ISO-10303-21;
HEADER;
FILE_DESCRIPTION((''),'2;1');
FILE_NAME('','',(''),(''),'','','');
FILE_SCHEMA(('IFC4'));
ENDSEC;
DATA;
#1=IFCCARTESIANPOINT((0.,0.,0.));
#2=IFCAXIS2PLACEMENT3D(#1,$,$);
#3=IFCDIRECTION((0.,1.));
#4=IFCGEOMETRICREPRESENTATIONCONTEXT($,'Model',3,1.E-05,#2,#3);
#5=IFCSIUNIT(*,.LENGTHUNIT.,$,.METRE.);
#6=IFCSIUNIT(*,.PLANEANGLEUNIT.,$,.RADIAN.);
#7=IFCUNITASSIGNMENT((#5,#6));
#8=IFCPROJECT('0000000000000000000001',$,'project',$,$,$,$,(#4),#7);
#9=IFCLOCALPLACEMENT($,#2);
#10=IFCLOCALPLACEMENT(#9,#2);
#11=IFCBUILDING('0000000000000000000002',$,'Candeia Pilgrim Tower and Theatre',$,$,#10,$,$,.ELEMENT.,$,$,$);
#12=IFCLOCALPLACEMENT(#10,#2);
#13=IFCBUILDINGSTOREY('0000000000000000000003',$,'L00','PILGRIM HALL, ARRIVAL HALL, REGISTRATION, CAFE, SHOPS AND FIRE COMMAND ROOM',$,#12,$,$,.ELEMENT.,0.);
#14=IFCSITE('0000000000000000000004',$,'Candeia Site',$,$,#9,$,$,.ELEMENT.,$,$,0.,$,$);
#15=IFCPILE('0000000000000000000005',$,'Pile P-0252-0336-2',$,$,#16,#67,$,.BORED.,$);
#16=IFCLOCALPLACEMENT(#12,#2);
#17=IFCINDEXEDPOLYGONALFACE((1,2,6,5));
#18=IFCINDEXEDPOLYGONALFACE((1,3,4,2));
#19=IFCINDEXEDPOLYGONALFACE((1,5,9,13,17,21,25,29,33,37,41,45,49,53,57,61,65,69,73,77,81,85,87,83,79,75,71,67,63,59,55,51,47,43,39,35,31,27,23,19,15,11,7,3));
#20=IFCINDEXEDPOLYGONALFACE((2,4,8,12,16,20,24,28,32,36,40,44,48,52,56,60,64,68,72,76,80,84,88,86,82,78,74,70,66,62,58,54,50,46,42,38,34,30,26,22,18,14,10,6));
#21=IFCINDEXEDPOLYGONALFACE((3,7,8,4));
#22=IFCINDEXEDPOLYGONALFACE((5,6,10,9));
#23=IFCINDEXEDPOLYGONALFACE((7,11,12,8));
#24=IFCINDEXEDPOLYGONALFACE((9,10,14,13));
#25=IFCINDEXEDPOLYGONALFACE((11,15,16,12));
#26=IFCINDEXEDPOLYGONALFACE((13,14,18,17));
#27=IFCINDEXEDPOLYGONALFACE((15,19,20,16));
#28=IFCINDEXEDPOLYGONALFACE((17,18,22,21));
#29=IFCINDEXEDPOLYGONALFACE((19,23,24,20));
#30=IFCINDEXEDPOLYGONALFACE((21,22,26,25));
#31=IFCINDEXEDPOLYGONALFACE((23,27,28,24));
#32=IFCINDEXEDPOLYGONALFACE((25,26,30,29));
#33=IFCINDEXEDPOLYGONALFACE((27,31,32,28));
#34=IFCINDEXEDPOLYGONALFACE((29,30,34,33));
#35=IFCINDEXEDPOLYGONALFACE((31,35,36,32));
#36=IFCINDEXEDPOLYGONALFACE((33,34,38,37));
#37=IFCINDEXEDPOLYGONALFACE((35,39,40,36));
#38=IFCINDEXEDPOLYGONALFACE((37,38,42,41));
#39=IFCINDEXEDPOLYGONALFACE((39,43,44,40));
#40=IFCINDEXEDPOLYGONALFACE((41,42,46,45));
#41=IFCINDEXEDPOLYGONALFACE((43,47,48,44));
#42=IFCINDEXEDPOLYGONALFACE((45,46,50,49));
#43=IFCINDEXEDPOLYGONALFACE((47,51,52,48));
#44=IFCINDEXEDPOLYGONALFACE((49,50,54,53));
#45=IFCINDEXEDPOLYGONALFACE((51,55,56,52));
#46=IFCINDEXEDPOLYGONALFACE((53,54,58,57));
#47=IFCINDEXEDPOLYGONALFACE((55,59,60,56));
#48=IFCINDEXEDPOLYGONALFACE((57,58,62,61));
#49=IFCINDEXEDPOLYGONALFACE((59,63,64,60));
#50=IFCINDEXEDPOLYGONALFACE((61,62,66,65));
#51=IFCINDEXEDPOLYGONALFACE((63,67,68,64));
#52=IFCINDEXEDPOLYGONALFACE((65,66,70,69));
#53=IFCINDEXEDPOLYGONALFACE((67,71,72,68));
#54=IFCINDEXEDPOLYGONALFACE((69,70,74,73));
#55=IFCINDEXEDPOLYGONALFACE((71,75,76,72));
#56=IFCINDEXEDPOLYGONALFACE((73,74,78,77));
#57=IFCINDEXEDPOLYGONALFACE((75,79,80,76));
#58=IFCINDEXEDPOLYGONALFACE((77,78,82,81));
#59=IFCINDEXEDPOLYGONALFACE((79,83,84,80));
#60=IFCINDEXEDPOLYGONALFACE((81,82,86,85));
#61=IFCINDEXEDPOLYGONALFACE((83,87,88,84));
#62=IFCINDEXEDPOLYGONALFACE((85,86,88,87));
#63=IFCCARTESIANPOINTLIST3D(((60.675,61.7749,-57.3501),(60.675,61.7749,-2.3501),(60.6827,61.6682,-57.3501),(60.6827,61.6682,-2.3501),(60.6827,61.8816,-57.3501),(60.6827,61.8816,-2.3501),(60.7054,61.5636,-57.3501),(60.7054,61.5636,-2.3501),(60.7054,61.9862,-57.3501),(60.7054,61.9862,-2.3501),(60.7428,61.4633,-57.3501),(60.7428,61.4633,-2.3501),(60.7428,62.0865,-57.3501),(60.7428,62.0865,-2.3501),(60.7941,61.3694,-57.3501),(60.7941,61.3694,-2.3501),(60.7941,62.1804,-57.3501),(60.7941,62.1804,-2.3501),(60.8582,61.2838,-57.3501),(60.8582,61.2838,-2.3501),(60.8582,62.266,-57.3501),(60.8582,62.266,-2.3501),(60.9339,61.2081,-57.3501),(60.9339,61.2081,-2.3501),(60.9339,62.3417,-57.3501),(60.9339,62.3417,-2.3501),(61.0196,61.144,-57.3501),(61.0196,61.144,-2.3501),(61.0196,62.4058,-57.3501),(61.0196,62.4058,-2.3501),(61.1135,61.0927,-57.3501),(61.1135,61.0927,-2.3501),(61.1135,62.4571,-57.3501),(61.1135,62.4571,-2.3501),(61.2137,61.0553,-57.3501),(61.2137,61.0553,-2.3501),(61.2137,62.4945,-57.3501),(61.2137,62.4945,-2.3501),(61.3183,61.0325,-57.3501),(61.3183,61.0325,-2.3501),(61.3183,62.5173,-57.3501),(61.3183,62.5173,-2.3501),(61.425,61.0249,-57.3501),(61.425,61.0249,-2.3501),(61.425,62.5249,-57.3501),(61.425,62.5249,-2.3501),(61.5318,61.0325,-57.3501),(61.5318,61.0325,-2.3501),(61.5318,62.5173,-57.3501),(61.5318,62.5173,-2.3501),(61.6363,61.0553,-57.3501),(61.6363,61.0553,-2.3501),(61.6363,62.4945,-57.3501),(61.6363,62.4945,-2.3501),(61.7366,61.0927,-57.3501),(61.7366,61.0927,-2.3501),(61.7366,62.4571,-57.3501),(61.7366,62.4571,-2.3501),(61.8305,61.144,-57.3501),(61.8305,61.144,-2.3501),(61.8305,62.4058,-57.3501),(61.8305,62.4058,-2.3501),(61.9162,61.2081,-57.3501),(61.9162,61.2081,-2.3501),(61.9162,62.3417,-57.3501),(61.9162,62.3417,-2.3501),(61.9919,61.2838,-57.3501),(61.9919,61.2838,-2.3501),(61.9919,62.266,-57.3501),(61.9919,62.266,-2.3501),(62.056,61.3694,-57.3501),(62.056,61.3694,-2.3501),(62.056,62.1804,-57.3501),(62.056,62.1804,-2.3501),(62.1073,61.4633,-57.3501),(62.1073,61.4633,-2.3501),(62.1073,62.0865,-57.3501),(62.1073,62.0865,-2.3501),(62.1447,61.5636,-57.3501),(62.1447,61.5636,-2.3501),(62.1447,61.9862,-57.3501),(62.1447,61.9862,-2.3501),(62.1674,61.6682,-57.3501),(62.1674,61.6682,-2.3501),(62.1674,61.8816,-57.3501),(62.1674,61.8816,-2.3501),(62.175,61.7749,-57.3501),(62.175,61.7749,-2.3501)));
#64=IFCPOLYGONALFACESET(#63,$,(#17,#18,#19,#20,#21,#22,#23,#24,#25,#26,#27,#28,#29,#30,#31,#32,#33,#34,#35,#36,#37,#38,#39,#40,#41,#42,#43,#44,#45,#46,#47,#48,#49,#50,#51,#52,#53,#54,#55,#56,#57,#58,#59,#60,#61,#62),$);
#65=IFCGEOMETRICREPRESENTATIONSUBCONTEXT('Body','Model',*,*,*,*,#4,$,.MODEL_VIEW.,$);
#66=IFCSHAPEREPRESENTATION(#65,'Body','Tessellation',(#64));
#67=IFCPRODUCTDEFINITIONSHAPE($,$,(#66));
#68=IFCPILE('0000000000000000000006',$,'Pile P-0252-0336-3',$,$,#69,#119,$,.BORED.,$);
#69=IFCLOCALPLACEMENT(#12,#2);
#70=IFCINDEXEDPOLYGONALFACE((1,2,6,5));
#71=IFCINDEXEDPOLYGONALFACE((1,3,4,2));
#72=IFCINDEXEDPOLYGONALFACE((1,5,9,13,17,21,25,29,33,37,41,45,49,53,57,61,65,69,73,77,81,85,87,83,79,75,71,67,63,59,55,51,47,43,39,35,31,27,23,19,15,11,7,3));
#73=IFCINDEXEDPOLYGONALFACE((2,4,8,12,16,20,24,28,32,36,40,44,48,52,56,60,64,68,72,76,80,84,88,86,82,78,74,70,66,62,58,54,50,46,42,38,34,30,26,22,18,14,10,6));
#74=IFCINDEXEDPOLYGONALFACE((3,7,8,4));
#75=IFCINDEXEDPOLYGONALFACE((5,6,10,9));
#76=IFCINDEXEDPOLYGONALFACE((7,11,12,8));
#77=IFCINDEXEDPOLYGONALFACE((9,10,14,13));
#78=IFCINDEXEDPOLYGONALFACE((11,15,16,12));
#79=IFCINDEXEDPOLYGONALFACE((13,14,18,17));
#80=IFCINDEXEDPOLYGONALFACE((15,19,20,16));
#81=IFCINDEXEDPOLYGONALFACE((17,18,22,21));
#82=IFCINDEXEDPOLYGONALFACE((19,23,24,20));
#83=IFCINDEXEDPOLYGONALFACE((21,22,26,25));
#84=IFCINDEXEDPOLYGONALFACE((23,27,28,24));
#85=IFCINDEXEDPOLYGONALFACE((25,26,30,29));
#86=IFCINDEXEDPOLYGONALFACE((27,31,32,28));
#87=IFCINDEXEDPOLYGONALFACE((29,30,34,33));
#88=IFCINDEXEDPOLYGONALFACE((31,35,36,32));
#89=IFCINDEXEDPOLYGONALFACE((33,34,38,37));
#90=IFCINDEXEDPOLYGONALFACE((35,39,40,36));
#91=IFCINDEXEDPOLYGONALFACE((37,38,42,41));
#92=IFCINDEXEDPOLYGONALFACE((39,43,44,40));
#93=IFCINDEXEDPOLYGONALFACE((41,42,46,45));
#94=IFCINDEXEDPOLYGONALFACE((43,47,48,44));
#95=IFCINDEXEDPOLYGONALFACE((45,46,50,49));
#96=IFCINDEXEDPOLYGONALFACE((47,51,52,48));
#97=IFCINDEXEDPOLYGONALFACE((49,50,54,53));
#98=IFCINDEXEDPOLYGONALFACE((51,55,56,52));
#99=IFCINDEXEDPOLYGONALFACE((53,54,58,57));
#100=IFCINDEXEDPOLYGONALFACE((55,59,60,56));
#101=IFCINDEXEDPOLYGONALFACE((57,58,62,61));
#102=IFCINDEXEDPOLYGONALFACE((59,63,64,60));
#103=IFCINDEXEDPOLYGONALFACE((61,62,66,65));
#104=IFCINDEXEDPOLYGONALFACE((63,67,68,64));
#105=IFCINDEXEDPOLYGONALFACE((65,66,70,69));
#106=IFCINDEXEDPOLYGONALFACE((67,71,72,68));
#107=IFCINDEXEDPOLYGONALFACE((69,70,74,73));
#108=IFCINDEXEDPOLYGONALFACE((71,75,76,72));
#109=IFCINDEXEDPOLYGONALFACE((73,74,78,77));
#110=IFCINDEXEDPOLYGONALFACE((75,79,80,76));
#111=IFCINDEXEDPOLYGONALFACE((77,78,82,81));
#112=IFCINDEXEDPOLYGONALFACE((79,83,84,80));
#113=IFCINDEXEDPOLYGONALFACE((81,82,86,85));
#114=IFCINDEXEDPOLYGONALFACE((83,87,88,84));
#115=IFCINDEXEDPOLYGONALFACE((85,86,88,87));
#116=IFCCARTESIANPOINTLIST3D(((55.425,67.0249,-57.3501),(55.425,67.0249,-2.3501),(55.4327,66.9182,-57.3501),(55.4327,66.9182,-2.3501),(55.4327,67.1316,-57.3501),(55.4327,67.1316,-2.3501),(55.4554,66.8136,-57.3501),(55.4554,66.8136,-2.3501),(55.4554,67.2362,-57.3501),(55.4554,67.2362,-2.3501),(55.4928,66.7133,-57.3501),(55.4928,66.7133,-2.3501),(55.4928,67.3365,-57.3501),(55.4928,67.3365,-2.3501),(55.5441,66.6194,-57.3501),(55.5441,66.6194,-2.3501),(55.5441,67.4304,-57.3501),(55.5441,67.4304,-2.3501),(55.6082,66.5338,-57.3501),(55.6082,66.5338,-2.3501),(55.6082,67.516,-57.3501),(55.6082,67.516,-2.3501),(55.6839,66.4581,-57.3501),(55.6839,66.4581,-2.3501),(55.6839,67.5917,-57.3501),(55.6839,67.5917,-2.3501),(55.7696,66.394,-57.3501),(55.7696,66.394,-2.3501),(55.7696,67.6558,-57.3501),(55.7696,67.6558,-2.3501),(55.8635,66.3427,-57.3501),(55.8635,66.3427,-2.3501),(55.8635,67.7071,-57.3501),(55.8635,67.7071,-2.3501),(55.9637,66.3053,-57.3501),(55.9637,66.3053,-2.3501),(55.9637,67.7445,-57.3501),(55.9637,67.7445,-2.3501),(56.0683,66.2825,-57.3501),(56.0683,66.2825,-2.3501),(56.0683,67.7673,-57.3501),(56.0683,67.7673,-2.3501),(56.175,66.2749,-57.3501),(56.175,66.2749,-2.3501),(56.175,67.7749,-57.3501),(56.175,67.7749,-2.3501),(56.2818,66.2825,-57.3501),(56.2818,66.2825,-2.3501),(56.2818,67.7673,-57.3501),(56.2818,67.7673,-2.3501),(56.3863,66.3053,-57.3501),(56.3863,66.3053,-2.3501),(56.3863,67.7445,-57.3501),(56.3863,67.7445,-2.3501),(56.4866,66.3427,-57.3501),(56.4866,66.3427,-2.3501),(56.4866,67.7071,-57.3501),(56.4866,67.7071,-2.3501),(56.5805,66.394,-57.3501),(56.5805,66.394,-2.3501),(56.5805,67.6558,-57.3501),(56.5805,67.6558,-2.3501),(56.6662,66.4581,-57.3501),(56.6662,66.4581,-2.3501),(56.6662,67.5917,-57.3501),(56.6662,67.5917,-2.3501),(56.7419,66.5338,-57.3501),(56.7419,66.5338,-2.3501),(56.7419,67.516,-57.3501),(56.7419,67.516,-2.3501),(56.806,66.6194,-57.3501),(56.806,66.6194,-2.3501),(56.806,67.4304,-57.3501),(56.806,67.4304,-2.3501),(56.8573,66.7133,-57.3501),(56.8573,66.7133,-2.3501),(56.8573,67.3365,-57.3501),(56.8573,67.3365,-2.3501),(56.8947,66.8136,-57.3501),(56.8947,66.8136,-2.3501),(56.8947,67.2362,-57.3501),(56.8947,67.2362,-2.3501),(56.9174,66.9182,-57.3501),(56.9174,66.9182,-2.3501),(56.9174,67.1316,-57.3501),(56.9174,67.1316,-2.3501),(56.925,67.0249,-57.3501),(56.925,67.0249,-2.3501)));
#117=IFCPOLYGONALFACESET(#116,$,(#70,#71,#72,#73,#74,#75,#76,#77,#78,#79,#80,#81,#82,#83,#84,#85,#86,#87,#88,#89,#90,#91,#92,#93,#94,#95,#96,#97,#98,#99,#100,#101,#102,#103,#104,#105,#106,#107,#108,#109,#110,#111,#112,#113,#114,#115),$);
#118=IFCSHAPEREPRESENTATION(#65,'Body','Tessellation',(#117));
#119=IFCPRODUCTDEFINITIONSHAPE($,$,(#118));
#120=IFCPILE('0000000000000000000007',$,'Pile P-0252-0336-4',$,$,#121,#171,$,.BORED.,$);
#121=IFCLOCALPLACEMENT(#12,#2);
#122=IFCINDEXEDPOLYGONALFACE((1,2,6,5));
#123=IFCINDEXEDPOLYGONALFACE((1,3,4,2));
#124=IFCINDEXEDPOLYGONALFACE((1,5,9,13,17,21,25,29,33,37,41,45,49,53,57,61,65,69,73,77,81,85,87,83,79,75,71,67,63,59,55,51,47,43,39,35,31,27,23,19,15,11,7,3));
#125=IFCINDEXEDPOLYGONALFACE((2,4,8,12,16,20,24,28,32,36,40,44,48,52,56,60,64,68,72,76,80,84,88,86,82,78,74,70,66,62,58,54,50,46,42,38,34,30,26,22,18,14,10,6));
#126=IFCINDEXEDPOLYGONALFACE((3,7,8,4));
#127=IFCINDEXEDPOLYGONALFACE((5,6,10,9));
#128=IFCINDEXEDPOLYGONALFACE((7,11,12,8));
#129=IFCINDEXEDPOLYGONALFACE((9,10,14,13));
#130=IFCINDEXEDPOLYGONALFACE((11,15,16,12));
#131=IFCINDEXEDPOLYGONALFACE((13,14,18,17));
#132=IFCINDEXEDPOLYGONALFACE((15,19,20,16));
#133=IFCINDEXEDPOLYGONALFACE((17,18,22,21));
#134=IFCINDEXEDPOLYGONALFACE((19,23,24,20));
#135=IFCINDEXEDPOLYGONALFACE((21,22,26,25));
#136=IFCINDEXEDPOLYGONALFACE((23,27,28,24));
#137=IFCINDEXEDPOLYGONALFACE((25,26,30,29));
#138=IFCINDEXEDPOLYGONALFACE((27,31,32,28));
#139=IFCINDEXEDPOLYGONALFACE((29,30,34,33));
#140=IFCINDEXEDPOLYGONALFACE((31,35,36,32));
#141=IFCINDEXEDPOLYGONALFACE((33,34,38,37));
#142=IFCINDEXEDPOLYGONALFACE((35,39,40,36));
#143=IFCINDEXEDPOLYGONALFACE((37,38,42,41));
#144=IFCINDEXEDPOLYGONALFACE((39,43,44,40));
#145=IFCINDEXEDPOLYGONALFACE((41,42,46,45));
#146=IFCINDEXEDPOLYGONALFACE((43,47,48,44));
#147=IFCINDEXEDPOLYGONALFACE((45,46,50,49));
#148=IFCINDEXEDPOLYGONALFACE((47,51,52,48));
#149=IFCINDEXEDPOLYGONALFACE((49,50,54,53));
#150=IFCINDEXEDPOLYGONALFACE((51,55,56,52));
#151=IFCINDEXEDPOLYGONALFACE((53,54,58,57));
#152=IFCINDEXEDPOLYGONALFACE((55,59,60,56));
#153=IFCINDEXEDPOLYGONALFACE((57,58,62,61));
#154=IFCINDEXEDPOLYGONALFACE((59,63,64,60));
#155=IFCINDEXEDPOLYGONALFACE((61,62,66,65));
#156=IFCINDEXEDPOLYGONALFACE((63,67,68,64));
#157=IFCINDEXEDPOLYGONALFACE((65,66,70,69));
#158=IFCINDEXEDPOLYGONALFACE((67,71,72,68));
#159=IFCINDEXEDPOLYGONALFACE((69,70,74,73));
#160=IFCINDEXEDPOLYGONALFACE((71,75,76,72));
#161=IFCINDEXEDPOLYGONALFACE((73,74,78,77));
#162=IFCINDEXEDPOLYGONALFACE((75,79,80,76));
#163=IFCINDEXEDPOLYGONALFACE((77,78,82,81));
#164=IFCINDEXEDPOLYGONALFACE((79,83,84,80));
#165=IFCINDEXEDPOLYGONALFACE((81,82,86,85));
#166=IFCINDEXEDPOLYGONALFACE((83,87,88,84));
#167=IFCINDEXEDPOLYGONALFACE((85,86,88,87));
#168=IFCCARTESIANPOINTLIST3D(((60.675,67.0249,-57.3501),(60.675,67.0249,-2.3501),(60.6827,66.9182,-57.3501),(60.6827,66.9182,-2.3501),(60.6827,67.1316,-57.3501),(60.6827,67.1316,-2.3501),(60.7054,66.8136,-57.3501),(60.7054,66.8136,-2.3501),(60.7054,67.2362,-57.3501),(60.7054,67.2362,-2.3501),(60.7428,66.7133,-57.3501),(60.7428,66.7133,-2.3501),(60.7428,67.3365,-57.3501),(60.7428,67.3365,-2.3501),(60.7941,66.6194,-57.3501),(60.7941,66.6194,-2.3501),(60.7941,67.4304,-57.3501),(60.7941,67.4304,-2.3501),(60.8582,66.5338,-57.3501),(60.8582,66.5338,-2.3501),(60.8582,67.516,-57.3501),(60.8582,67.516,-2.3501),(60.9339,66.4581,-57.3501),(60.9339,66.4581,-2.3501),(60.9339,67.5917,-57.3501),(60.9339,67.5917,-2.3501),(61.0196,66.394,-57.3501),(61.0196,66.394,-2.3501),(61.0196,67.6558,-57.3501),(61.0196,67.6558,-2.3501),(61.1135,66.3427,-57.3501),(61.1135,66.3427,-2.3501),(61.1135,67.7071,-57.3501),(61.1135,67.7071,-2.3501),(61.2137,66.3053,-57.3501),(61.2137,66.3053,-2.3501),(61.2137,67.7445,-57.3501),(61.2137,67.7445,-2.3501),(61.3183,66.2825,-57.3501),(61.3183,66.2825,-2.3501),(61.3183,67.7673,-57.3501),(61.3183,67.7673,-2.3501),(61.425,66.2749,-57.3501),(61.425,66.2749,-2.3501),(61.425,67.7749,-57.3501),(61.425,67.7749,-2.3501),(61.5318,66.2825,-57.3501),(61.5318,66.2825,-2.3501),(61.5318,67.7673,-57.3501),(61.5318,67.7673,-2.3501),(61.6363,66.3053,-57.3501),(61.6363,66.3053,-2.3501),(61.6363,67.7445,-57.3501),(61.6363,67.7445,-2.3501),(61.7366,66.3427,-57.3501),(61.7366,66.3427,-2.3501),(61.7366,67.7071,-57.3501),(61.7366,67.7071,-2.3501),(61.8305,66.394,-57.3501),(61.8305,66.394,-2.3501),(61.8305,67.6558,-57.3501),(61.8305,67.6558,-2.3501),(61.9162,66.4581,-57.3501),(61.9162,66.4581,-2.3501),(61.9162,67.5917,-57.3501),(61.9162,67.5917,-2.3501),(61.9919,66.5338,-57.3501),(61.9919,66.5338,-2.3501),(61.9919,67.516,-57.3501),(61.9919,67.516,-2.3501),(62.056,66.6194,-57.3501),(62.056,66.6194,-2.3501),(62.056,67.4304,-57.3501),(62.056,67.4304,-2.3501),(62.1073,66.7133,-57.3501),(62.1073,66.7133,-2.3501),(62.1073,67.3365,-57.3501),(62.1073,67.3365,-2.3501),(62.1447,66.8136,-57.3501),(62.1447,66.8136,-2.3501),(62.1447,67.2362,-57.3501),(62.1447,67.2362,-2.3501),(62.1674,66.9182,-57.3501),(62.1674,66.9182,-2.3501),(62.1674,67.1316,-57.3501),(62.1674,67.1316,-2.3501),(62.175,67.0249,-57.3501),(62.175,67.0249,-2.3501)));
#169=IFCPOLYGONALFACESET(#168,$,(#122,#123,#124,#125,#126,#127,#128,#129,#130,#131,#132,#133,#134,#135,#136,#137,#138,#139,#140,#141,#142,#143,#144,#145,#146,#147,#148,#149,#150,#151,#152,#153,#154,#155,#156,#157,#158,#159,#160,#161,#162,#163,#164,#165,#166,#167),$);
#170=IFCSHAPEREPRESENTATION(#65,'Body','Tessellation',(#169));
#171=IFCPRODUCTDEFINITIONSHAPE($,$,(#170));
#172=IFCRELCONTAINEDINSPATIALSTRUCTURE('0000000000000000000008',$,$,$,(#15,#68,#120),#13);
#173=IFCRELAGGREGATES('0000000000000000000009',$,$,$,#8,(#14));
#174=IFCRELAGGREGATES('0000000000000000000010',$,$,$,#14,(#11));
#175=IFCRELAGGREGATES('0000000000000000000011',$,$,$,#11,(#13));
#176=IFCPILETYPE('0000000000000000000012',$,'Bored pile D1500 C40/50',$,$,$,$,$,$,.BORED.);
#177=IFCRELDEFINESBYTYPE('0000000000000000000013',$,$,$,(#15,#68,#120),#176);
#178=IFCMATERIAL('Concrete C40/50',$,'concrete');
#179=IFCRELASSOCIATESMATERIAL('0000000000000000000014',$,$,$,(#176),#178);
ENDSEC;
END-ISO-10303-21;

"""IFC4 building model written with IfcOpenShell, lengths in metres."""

from ifc_helpers import new_model, si_unit, direction, frame, origin, origin_2d, place, context, subcontext, project, spatial, circle, extrude, material, material_profile, profile_set, type_object, element, save


model = new_model("IFC4")

# Units and contexts
model_context = context("Model", 3, precision=1e-05, world=origin(), true_north=direction((0.0, 1.0)))
body_context = subcontext(model_context, "Body", "Model", "MODEL_VIEW")
ifc_project = project(units=[si_unit("LENGTHUNIT", "METRE"), si_unit("PLANEANGLEUNIT", "RADIAN")], contexts=[model_context])

# Site, building, storey
site_placement = place(None, origin())
site = spatial("IfcSite", under=ifc_project, at=site_placement, Name="Candeia Site", CompositionType="ELEMENT", RefElevation=0.0)
building_placement = place(site_placement, origin())
building = spatial("IfcBuilding", under=site, at=building_placement, Name="Candeia Pilgrim Tower and Theatre", CompositionType="ELEMENT")
storey_placement = place(building_placement, origin())
storey = spatial("IfcBuildingStorey", under=building, at=storey_placement, Name="L00", Description="PILGRIM HALL, ARRIVAL HALL, REGISTRATION, CAFE, SHOPS AND FIRE COMMAND ROOM", CompositionType="ELEMENT", Elevation=0.0)

# Piles
ifc_material_1 = material(Name="Concrete C40/50", Category="concrete")
ifc_material_profile_1 = material_profile(ifc_material_1, circle(Radius=0.75, at=origin_2d()))
ifc_profile_set_1 = profile_set([ifc_material_profile_1], Name="Concrete C40/50")
pile_type = type_object("IfcPileType", Name="Bored pile D1500 C40/50", PredefinedType="BORED", material=ifc_profile_set_1)
for number, where, z_axis, x_axis, name in (
    (1, (61.425, 61.7749, -2.3501), (0.0, 0.0, -1.0), (1.0, 0.0, 0.0), "Pile P-0252-0336-2"),
    (2, (56.175, 67.0249, -2.3501), (0.0, 0.0, -1.0), (1.0, 0.0, 0.0), "Pile P-0252-0336-3"),
    (3, (61.425, 67.0249, -2.3501), (0.0, 0.0, -1.0), (1.0, 0.0, 0.0), "Pile P-0252-0336-4"),
):
    element("IfcPile", number, at=place(storey_placement, frame(where, z_axis=z_axis, x_axis=x_axis)), inside=storey, type_object=pile_type, Name=name, PredefinedType="BORED", context=body_context, shape_type="SweptSolid", body=[
        extrude(circle(Radius=0.75, at=origin_2d()), origin(), (0.0, 0.0, 1.0), 55.0),
    ])

save(model, "model.ifc")
